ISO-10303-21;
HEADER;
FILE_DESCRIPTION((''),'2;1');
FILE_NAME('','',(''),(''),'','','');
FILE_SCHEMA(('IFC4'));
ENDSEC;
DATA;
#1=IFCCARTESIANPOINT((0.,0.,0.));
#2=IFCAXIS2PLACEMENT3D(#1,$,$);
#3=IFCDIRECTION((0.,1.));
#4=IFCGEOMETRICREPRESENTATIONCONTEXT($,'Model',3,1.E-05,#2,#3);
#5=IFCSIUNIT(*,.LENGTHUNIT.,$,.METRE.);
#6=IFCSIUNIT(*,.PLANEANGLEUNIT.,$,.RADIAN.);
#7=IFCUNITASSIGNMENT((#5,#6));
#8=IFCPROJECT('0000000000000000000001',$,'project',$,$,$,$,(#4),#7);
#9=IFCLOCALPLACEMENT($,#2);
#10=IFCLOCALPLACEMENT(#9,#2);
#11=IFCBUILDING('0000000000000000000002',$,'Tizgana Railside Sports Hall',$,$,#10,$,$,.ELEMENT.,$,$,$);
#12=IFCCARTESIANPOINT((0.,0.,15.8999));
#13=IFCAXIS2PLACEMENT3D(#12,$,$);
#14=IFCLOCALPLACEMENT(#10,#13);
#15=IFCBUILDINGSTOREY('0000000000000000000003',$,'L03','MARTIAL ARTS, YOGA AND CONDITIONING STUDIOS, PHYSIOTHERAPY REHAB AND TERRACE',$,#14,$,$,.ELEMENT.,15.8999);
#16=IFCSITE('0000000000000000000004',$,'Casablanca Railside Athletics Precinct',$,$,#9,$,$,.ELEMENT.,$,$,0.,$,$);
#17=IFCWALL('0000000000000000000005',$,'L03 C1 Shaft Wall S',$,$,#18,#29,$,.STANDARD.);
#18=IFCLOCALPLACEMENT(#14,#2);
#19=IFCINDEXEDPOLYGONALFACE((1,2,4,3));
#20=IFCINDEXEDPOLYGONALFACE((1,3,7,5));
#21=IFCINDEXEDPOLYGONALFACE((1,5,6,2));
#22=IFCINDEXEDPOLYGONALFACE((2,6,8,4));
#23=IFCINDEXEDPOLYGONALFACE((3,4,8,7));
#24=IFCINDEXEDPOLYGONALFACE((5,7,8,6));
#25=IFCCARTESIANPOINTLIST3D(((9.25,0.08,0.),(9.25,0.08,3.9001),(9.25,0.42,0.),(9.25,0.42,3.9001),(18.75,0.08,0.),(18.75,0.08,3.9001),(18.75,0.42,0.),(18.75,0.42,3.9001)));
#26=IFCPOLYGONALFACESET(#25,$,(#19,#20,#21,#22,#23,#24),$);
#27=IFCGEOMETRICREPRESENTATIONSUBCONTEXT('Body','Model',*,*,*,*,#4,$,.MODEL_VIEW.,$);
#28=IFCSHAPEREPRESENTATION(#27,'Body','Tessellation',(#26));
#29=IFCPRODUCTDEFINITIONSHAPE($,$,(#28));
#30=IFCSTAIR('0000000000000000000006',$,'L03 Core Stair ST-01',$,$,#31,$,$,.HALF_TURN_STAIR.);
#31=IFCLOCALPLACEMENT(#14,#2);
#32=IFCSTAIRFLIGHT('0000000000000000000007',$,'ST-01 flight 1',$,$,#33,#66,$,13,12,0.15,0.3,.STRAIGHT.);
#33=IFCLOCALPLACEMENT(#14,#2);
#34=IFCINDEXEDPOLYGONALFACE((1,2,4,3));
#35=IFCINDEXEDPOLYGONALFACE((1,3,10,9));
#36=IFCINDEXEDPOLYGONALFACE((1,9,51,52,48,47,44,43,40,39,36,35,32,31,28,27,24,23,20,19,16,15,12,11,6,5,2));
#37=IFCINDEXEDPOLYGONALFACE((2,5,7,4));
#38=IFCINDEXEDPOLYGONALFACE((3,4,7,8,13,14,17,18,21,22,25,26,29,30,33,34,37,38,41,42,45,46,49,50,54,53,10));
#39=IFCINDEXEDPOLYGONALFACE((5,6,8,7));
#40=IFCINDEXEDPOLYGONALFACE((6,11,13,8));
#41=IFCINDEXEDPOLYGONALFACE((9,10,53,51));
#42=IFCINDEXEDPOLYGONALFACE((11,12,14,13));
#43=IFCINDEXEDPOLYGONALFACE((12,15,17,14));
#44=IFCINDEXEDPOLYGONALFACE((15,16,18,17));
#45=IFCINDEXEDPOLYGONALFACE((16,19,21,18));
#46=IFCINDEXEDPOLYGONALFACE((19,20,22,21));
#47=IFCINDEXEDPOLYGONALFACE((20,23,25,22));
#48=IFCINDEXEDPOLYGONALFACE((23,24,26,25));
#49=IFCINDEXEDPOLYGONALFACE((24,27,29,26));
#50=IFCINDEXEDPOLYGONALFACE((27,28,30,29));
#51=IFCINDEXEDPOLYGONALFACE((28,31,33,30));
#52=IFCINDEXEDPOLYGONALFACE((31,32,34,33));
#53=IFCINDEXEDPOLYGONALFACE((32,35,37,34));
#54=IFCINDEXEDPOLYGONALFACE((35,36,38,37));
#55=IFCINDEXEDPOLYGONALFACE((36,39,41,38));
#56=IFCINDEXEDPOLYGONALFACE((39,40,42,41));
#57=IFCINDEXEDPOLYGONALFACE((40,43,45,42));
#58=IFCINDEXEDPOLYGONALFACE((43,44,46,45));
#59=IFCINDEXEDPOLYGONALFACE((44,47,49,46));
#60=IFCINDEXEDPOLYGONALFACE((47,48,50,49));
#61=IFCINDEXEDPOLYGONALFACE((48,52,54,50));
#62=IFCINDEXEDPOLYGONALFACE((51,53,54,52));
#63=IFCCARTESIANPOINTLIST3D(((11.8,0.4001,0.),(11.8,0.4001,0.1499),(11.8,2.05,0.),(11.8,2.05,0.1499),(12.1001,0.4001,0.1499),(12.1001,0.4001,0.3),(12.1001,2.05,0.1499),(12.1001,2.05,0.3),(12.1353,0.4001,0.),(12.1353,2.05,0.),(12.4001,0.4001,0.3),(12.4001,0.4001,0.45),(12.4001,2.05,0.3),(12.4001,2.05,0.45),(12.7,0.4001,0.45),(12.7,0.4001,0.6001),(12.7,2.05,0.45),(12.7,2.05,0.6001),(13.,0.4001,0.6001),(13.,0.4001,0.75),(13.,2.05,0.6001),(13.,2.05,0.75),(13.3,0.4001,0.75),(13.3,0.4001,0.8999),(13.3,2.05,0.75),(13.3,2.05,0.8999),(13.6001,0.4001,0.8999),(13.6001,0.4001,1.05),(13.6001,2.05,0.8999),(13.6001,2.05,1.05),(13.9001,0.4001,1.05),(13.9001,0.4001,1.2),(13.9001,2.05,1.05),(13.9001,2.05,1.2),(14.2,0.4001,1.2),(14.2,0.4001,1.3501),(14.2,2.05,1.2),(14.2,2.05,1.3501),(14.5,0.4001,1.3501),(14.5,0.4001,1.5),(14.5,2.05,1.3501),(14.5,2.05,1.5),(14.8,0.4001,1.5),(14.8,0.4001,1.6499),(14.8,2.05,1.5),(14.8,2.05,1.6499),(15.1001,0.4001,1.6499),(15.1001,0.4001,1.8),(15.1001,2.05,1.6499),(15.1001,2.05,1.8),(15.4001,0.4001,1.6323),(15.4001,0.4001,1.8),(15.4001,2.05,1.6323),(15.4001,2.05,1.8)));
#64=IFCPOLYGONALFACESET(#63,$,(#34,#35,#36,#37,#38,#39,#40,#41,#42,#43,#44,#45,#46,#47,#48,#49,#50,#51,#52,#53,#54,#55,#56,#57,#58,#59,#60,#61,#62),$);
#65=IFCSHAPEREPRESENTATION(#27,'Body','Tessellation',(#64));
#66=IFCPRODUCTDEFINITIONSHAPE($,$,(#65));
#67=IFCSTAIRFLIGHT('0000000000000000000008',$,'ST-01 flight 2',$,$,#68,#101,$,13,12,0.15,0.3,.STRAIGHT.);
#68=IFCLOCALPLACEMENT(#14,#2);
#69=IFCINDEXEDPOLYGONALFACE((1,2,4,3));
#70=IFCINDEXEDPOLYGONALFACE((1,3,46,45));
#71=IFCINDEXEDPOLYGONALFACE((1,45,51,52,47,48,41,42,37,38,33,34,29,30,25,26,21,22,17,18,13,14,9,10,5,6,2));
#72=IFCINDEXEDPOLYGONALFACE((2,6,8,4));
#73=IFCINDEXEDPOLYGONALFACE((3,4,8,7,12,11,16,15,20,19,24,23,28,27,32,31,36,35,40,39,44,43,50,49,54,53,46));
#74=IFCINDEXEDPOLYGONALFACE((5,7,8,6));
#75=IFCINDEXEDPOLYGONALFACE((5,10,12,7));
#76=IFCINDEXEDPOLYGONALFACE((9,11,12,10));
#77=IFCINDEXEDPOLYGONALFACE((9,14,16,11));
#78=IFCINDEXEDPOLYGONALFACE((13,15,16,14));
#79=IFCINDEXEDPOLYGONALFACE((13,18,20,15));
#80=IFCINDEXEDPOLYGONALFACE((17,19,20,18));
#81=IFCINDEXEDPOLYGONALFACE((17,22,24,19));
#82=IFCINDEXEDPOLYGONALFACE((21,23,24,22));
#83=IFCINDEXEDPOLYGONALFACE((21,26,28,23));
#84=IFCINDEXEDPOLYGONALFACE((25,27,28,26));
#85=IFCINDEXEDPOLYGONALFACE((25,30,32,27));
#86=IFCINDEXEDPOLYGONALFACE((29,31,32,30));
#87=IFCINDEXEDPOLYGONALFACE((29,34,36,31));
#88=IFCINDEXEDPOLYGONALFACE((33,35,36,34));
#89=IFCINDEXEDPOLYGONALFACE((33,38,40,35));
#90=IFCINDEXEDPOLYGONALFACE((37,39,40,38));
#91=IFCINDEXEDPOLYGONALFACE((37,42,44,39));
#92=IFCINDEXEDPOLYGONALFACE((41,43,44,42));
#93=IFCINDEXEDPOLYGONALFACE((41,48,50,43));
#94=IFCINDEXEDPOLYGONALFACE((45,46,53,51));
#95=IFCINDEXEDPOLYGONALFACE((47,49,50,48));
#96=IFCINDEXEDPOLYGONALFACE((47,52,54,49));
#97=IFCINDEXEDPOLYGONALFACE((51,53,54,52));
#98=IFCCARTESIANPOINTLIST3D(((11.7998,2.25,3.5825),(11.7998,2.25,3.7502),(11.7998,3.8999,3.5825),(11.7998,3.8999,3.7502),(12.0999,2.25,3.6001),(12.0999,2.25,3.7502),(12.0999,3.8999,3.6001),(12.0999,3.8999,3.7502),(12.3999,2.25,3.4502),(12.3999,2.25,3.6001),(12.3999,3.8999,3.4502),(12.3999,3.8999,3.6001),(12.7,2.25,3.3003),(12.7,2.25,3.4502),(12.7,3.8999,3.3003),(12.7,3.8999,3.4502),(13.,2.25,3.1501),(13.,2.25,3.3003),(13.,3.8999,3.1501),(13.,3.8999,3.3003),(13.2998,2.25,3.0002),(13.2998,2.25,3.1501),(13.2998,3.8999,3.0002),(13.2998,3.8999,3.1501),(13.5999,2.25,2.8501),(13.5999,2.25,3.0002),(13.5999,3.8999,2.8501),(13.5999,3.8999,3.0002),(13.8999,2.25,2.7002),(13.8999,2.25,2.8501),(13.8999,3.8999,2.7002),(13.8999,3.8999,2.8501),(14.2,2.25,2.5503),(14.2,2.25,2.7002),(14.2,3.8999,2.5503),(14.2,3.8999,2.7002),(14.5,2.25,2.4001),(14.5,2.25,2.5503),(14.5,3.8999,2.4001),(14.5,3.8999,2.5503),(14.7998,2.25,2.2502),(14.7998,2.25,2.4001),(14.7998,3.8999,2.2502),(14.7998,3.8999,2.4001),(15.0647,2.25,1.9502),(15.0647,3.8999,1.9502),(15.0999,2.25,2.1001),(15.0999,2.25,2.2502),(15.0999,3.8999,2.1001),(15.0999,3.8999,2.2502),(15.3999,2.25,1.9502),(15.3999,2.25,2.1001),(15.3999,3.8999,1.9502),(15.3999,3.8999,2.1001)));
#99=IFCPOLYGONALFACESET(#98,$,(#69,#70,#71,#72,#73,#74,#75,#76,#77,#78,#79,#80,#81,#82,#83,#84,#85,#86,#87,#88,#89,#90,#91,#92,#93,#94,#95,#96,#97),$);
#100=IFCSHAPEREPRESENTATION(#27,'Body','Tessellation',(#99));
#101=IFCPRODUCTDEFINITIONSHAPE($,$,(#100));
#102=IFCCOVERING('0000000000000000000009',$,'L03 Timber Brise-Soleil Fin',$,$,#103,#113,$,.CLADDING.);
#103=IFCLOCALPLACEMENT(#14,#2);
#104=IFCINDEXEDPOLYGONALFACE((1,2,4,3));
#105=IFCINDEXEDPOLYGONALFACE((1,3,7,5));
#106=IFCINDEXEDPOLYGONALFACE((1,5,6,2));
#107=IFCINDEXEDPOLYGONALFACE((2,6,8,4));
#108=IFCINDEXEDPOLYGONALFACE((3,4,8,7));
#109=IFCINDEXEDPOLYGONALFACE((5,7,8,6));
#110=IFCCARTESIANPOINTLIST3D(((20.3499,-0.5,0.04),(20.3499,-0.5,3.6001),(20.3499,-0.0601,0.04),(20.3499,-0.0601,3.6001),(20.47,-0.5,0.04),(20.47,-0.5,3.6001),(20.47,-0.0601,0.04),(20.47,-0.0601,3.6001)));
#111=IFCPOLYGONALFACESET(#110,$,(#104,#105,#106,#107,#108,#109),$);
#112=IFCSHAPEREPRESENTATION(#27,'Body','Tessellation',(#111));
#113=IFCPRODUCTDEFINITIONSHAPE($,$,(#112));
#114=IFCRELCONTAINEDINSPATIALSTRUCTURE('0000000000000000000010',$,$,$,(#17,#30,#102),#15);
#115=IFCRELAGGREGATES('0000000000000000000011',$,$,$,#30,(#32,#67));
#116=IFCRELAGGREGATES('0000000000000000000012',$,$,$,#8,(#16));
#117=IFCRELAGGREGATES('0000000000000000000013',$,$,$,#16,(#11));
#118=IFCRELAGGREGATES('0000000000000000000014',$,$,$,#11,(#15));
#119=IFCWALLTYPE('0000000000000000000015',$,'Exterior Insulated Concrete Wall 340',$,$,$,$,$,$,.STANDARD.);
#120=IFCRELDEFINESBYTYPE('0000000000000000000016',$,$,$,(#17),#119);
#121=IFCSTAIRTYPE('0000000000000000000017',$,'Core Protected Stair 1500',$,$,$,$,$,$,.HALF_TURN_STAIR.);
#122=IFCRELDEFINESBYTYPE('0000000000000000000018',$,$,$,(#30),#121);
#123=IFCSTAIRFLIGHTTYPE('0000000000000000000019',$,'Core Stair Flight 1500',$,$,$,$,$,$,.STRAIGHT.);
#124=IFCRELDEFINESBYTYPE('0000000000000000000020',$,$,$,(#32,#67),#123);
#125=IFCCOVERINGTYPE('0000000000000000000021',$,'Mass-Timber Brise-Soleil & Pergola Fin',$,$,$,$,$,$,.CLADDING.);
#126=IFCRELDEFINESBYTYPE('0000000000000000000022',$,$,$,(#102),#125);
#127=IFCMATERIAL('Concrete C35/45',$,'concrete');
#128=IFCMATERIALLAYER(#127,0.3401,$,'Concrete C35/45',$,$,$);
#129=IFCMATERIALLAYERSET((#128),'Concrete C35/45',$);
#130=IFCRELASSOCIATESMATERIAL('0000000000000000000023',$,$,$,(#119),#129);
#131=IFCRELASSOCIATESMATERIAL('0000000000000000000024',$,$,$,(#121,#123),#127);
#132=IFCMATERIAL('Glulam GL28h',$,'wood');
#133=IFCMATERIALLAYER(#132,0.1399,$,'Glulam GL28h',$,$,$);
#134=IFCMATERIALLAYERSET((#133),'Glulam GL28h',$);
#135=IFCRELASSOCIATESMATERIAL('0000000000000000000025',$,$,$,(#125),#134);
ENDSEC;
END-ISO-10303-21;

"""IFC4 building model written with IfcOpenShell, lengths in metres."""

from ifc_helpers import new_model, si_unit, direction, frame, frame_2d, origin, origin_2d, place, context, subcontext, project, spatial, polyline, rectangle, outline, extrude, material, layer, layer_set, type_object, element, aggregate, save


model = new_model("IFC4")

# Units and contexts
model_context = context("Model", 3, precision=1e-05, world=origin(), true_north=direction((0.0, 1.0)))
body_context = subcontext(model_context, "Body", "Model", "MODEL_VIEW")
ifc_project = project(units=[si_unit("LENGTHUNIT", "METRE"), si_unit("PLANEANGLEUNIT", "RADIAN")], contexts=[model_context])

# Site, building, storey
site_placement = place(None, origin())
site = spatial("IfcSite", under=ifc_project, at=site_placement, Name="Casablanca Railside Athletics Precinct", CompositionType="ELEMENT", RefElevation=0.0)
building_placement = place(site_placement, origin())
building = spatial("IfcBuilding", under=site, at=building_placement, Name="Tizgana Railside Sports Hall", CompositionType="ELEMENT")
storey_placement = place(building_placement, frame((0.0, 0.0, 15.8999)))
storey = spatial("IfcBuildingStorey", under=building, at=storey_placement, Name="L03", Description="MARTIAL ARTS, YOGA AND CONDITIONING STUDIOS, PHYSIOTHERAPY REHAB AND TERRACE", CompositionType="ELEMENT", Elevation=15.8999)

# Shared definitions
ifc_material_1 = material(Name="Concrete C35/45", Category="concrete")

# Wall
ifc_layer_1 = layer(ifc_material_1, 0.3401, Name="Concrete C35/45")
ifc_layer_set_1 = layer_set([ifc_layer_1], Name="Concrete C35/45")
wall_type_1 = type_object("IfcWallType", Name="Exterior Insulated Concrete Wall 340", PredefinedType="STANDARD", material=ifc_layer_set_1)
wall_1_placement = place(storey_placement, frame((18.75, 0.25, 0.0), z_axis=(0.0, 0.0, 1.0), x_axis=(-1.0, 0.0, 0.0)))
element("IfcWall", 1, at=wall_1_placement, inside=storey, type_object=wall_type_1, Name="L03 C1 Shaft Wall S", PredefinedType="STANDARD", context=body_context, shape_type="SweptSolid", body=[
    extrude(rectangle(XDim=9.5, YDim=0.3401, at=frame_2d((4.75, 0.0))), origin(), (0.0, 0.0, 1.0), 3.9001),
])

# Stair, stair flights
stair_type = type_object("IfcStairType", Name="Core Protected Stair 1500", PredefinedType="HALF_TURN_STAIR", material=ifc_material_1)
stair_placement = place(storey_placement, origin())
stair = element("IfcStair", 2, at=stair_placement, inside=storey, type_object=stair_type, Name="L03 Core Stair ST-01", PredefinedType="HALF_TURN_STAIR")
stair_flight_type = type_object("IfcStairFlightType", Name="Core Stair Flight 1500", PredefinedType="STRAIGHT", material=ifc_material_1)
stair_flight_1_placement = place(storey_placement, frame((11.8, 1.2251, 0.0), z_axis=(0.0, 0.0, 1.0), x_axis=(1.0, 0.0, 0.0)))
stair_flight_1 = element("IfcStairFlight", 3, at=stair_flight_1_placement, type_object=stair_flight_type, Name="ST-01 flight 1", NumberOfRisers=13, NumberOfTreads=12, PredefinedType="STRAIGHT", RiserHeight=0.15, TreadLength=0.3, context=body_context, shape_type="SweptSolid", body=[
    extrude(outline(polyline([(0.0, 0.0), (0.0, 0.1499), (0.3, 0.1499), (0.3, 0.3), (0.6001, 0.3), (0.6001, 0.45), (0.8999, 0.45), (0.8999, 0.6001), (1.2, 0.6001), (1.2, 0.75), (1.5, 0.75), (1.5, 0.8999), (1.8, 0.8999), (1.8, 1.05), (2.1001, 1.05), (2.1001, 1.2), (2.3999, 1.2), (2.3999, 1.3501), (2.7, 1.3501), (2.7, 1.5), (3.0, 1.5), (3.0, 1.6499), (3.3, 1.6499), (3.3, 1.8), (3.6001, 1.8), (3.6001, 1.95), (3.6001, 1.6323), (0.3352, 0.0), (0.0, 0.0)])), frame((0.0, 0.825, 0.0), z_axis=(0.0, -1.0, 0.0), x_axis=(1.0, 0.0, 0.0)), (0.0, 0.0, 1.0), 1.6499),
])
stair_flight_2_placement = place(storey_placement, frame((15.3999, 3.075, 1.9502), z_axis=(0.0, 0.0, 1.0), x_axis=(-1.0, 0.0, 0.0)))
stair_flight_2 = element("IfcStairFlight", 4, at=stair_flight_2_placement, type_object=stair_flight_type, Name="ST-01 flight 2", NumberOfRisers=13, NumberOfTreads=12, PredefinedType="STRAIGHT", RiserHeight=0.15, TreadLength=0.3, context=body_context, shape_type="SweptSolid", body=[
    extrude(outline(polyline([(0.0, 0.0), (0.0, 0.1499), (0.3, 0.1499), (0.3, 0.3), (0.6001, 0.3), (0.6001, 0.45), (0.8999, 0.45), (0.8999, 0.6001), (1.2, 0.6001), (1.2, 0.75), (1.5, 0.75), (1.5, 0.8999), (1.8, 0.8999), (1.8, 1.05), (2.1001, 1.05), (2.1001, 1.2), (2.3999, 1.2), (2.3999, 1.3501), (2.7, 1.3501), (2.7, 1.5), (3.0, 1.5), (3.0, 1.6499), (3.3, 1.6499), (3.3, 1.8), (3.6001, 1.8), (3.6001, 1.95), (3.6001, 1.6323), (0.3352, 0.0), (0.0, 0.0)])), frame((0.0, 0.825, 0.0), z_axis=(0.0, -1.0, 0.0), x_axis=(1.0, 0.0, 0.0)), (0.0, 0.0, 1.0), 1.6499),
])
aggregate(stair, [stair_flight_1, stair_flight_2])

# Covering
ifc_material_2 = material(Name="Glulam GL28h", Category="wood")
ifc_layer_2 = layer(ifc_material_2, 0.1399, Name="Glulam GL28h")
ifc_layer_set_2 = layer_set([ifc_layer_2], Name="Glulam GL28h")
covering_type = type_object("IfcCoveringType", Name="Mass-Timber Brise-Soleil & Pergola Fin", PredefinedType="CLADDING", material=ifc_layer_set_2)
covering_placement = place(storey_placement, frame((20.4099, -0.28, 0.04), z_axis=(0.0, 0.0, 1.0), x_axis=(-1.0, 0.0, 0.0)))
element("IfcCovering", 5, at=covering_placement, inside=storey, type_object=covering_type, Name="L03 Timber Brise-Soleil Fin", PredefinedType="CLADDING", context=body_context, shape_type="SweptSolid", body=[
    extrude(rectangle(XDim=0.1201, YDim=0.4399, at=origin_2d()), origin(), (0.0, 0.0, 1.0), 3.5601),
])

save(model, "model.ifc")
